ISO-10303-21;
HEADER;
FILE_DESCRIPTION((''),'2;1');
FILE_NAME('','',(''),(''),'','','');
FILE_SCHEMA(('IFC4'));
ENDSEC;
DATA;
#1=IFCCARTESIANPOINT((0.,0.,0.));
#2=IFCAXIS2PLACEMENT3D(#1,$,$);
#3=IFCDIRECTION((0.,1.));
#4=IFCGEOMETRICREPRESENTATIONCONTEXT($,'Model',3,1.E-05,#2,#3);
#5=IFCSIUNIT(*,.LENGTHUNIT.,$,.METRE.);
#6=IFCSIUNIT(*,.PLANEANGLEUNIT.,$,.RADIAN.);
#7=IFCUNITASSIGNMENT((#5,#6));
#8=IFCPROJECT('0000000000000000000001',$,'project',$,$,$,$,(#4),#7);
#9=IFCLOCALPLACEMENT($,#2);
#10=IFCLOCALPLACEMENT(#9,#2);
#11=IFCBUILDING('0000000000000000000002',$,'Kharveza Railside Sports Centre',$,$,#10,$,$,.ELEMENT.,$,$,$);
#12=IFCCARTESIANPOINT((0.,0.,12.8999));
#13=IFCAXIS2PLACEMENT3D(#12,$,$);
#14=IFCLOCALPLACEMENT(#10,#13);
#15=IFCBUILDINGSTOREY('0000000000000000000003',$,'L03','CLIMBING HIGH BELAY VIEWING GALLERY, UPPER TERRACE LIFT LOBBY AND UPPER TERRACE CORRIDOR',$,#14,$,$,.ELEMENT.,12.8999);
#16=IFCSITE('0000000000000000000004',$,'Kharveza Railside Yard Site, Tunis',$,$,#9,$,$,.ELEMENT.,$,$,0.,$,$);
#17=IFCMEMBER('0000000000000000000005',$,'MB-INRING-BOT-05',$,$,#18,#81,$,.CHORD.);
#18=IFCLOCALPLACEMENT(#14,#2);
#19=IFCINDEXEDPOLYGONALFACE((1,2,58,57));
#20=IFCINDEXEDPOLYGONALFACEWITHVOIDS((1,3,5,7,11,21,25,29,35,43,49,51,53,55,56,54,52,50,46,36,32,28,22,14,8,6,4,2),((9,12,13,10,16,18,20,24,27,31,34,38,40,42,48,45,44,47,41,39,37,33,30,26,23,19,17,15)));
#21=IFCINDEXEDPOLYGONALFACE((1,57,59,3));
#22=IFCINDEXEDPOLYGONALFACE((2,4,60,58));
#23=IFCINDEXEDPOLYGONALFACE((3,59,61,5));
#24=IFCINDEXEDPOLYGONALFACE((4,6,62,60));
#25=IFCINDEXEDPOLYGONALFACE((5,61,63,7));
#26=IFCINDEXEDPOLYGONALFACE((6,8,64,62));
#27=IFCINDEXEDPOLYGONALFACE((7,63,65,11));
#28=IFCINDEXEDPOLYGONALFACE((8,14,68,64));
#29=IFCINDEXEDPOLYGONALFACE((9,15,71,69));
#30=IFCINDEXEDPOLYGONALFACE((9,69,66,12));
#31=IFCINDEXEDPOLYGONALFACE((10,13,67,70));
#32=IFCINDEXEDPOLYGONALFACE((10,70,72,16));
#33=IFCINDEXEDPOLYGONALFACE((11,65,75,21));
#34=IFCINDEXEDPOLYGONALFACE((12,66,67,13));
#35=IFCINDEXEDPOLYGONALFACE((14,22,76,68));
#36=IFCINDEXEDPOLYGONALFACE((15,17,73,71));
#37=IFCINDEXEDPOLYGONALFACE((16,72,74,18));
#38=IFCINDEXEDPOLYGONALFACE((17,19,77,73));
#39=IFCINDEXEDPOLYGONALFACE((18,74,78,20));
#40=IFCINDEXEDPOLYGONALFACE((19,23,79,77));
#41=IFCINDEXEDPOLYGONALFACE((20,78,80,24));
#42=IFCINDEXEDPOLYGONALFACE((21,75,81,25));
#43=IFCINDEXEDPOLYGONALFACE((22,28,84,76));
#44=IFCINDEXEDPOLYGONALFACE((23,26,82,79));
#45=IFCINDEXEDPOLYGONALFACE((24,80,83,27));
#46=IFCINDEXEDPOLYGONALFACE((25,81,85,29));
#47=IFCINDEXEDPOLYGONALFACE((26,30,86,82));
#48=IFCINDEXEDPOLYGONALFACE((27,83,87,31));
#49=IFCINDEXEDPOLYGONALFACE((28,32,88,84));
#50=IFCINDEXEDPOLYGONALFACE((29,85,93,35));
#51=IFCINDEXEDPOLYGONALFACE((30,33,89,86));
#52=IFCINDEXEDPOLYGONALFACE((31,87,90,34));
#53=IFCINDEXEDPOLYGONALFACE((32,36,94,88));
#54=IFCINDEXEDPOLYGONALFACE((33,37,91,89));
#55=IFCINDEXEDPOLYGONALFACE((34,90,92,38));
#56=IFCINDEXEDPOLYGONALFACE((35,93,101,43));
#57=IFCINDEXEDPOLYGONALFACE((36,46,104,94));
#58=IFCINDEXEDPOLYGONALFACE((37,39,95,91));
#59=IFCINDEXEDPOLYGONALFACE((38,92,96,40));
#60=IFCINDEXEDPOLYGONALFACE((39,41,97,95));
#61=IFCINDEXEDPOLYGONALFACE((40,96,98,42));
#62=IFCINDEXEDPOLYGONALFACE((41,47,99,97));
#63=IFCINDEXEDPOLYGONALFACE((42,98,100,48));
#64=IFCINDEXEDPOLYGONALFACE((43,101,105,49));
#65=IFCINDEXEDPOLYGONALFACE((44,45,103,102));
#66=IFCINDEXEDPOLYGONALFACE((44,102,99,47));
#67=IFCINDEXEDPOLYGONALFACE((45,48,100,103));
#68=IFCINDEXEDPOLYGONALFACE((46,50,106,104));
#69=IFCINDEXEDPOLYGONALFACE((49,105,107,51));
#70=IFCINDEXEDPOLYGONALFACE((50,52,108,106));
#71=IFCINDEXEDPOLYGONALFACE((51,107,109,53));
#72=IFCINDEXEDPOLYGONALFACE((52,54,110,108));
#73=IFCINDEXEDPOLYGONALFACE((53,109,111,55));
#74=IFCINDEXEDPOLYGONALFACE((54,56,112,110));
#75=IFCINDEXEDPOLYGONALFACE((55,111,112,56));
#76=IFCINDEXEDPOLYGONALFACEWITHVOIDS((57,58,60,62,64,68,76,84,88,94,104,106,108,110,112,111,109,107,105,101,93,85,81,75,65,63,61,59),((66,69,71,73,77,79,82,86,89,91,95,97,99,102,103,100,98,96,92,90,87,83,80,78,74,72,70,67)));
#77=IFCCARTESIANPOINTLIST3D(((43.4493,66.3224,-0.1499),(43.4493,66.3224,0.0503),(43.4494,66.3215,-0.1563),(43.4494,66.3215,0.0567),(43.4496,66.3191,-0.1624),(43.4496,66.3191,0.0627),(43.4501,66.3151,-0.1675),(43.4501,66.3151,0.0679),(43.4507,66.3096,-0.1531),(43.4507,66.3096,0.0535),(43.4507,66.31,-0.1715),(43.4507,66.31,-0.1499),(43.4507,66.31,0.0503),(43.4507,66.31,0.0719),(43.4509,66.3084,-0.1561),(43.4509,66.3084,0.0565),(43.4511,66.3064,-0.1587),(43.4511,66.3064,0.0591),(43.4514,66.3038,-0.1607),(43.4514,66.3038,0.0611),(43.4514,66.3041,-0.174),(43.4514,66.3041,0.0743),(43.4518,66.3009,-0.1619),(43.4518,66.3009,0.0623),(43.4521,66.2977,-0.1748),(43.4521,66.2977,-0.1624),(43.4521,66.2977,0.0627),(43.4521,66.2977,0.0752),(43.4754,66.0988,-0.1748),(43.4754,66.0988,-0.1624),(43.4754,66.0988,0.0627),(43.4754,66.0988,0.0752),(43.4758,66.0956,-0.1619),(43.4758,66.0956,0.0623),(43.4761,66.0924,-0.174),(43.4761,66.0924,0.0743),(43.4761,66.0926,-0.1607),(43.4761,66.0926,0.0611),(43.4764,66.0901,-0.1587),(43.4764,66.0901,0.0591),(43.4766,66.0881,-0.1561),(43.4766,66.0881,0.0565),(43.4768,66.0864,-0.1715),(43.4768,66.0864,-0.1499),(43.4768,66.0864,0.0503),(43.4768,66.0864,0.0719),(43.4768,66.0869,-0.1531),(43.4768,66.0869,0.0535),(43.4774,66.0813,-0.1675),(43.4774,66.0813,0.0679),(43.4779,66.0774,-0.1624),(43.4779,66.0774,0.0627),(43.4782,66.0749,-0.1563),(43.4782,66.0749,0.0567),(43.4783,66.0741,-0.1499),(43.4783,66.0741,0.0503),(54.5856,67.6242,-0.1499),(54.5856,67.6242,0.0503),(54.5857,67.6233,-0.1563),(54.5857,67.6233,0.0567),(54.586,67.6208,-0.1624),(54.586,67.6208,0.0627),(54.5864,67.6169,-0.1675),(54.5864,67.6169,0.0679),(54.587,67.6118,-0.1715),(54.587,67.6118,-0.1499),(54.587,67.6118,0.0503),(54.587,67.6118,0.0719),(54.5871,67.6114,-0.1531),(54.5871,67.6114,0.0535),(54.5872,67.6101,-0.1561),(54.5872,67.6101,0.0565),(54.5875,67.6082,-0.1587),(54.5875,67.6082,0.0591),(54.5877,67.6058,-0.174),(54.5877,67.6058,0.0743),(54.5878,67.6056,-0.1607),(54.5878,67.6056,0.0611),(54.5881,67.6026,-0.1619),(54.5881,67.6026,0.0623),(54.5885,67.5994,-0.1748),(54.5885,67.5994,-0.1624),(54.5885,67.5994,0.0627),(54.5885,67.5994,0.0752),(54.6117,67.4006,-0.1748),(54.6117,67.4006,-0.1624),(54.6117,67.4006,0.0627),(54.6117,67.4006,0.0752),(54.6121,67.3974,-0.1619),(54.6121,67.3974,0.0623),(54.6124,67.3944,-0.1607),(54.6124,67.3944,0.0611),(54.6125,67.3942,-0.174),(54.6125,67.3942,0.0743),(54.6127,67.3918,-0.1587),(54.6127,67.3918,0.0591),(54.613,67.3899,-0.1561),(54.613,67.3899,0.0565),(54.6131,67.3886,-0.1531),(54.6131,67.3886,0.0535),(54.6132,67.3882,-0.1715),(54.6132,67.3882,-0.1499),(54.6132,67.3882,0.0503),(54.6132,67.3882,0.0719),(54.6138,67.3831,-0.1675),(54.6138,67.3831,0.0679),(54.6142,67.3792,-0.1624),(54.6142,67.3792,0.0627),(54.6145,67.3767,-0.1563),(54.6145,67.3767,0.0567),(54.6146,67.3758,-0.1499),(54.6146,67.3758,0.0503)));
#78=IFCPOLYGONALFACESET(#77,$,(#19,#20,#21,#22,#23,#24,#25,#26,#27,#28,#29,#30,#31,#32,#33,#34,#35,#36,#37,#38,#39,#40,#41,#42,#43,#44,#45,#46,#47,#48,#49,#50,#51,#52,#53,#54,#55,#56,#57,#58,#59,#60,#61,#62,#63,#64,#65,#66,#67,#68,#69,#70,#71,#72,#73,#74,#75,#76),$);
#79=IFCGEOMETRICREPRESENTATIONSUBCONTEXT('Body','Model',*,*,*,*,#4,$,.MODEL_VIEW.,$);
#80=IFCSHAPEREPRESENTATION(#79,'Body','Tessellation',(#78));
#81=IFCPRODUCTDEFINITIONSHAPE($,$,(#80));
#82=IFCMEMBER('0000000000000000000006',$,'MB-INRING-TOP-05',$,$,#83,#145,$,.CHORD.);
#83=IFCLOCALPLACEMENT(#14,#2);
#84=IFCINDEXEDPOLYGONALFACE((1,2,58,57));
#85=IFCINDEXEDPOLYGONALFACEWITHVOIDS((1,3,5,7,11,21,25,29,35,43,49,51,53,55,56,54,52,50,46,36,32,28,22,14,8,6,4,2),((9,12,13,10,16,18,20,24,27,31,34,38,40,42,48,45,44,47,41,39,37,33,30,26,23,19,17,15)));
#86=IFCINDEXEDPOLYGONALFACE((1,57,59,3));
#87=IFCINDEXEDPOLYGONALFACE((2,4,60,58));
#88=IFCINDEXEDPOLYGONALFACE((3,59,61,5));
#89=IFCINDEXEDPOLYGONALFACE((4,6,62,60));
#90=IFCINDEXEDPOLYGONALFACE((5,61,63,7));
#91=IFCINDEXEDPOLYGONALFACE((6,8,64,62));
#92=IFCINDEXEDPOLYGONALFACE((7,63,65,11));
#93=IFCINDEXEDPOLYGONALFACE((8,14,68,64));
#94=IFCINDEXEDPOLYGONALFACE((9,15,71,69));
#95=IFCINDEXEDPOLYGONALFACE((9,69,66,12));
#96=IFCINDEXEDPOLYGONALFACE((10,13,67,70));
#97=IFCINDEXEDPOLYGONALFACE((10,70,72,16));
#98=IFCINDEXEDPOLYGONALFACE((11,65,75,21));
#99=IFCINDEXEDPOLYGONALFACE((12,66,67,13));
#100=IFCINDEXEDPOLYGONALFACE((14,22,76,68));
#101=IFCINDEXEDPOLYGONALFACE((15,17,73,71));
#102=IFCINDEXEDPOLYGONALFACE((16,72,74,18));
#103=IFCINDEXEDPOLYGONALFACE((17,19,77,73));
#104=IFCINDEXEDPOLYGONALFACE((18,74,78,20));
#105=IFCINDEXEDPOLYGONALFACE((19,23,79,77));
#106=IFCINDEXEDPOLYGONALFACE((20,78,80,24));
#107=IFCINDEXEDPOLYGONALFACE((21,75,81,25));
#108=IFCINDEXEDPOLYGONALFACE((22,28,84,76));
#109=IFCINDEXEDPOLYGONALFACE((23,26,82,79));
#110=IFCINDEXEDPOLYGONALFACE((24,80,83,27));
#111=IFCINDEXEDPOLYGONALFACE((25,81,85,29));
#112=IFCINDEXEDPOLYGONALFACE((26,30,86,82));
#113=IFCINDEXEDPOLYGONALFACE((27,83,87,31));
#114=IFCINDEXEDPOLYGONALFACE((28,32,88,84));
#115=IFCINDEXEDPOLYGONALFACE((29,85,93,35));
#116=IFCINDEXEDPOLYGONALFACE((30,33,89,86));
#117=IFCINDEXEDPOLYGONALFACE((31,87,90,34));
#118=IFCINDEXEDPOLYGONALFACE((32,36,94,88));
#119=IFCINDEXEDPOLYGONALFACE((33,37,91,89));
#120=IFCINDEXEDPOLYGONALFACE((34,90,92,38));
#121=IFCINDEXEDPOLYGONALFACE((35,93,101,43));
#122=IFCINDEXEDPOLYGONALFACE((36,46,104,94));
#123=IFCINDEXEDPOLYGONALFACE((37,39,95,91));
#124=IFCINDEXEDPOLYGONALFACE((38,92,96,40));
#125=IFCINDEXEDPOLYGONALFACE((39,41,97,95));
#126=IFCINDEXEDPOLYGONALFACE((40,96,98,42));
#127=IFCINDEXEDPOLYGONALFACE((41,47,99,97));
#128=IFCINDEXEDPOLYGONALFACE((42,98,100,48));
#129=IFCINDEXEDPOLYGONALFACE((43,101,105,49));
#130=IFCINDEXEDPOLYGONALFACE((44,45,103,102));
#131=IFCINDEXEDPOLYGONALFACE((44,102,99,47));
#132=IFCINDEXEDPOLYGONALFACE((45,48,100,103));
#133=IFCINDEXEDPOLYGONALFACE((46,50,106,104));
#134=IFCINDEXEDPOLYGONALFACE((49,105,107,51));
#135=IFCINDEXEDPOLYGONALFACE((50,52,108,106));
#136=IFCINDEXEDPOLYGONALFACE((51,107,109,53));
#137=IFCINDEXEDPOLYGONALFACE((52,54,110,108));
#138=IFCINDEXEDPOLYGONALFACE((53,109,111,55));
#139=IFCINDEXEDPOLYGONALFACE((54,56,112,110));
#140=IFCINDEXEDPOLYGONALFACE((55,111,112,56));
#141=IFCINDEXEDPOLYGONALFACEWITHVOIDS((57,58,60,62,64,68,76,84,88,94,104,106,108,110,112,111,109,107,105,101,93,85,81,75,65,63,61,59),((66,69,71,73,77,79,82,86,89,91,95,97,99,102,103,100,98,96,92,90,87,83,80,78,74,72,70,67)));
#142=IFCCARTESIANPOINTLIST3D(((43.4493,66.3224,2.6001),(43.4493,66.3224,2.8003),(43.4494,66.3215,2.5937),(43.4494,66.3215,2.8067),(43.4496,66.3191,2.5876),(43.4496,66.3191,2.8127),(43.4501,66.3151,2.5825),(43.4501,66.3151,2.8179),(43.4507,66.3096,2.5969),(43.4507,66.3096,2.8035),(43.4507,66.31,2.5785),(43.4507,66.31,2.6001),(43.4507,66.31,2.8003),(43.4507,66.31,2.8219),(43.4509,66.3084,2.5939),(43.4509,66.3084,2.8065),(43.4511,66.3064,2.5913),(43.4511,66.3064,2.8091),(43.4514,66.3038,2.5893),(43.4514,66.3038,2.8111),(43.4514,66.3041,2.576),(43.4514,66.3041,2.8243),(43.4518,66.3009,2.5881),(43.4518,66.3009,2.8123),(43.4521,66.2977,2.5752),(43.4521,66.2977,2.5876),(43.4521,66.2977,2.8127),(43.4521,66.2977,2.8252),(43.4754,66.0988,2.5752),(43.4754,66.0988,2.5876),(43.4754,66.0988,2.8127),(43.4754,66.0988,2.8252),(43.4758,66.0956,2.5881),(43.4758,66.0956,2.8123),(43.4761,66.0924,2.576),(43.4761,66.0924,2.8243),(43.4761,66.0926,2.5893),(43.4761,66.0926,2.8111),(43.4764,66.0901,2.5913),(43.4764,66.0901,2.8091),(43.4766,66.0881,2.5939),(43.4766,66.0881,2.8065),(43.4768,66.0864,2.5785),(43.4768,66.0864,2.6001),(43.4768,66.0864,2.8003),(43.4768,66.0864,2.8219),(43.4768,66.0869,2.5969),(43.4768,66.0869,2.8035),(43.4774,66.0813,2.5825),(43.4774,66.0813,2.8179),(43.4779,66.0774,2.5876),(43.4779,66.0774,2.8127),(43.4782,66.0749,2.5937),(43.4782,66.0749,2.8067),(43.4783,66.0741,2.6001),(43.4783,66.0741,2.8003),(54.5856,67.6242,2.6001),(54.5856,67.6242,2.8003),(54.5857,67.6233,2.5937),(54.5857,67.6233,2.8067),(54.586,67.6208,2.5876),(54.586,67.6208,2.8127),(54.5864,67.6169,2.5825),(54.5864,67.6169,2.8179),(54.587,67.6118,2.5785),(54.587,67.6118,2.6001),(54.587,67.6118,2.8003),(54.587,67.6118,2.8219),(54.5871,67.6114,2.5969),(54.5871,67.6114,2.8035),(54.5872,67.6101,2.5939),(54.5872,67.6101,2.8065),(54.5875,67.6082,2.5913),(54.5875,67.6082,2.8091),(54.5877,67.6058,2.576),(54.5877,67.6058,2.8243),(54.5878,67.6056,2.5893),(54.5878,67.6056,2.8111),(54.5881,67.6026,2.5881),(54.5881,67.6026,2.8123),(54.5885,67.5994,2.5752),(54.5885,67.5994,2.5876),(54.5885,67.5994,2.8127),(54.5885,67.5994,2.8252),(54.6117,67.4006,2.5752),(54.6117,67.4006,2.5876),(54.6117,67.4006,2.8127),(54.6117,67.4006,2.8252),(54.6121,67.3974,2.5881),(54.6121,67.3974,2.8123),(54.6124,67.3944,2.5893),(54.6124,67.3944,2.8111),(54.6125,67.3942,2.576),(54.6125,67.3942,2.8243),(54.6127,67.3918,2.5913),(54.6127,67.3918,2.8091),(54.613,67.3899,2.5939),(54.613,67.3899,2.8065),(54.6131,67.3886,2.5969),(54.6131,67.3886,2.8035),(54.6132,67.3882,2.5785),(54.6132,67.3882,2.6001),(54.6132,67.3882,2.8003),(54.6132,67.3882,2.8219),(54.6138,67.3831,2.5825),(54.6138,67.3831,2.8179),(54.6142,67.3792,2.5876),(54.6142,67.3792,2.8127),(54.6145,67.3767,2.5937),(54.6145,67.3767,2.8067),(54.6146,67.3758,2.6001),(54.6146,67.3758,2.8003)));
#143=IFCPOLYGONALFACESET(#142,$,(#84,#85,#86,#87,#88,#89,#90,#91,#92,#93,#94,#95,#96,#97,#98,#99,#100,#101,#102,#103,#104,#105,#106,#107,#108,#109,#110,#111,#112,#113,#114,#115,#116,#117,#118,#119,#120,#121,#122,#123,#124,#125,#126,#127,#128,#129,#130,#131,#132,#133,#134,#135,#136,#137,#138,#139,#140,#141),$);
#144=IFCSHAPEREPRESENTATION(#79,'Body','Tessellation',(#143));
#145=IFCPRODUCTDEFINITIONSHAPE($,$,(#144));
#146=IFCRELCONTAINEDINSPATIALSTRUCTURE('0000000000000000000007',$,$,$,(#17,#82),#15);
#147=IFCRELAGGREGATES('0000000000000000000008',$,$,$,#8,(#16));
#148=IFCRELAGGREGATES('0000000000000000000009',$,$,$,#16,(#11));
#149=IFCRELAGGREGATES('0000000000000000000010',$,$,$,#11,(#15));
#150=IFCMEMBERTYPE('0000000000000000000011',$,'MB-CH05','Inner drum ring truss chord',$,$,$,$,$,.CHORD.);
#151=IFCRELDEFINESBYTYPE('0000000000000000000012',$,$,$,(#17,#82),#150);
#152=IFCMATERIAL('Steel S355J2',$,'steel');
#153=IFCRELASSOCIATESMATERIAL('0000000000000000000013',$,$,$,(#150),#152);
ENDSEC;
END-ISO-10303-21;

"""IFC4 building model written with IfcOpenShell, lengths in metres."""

from ifc_helpers import new_model, si_unit, direction, frame, origin, origin_2d, place, context, subcontext, project, spatial, hollow_rectangle, extrude, material, material_profile, profile_set, type_object, element, save


model = new_model("IFC4")

# Units and contexts
model_context = context("Model", 3, precision=1e-05, world=origin(), true_north=direction((0.0, 1.0)))
body_context = subcontext(model_context, "Body", "Model", "MODEL_VIEW")
ifc_project = project(units=[si_unit("LENGTHUNIT", "METRE"), si_unit("PLANEANGLEUNIT", "RADIAN")], contexts=[model_context])

# Site, building, storey
site_placement = place(None, origin())
site = spatial("IfcSite", under=ifc_project, at=site_placement, Name="Kharveza Railside Yard Site, Tunis", CompositionType="ELEMENT", RefElevation=0.0)
building_placement = place(site_placement, origin())
building = spatial("IfcBuilding", under=site, at=building_placement, Name="Kharveza Railside Sports Centre", CompositionType="ELEMENT")
storey_placement = place(building_placement, frame((0.0, 0.0, 12.8999)))
storey = spatial("IfcBuildingStorey", under=building, at=storey_placement, Name="L03", Description="CLIMBING HIGH BELAY VIEWING GALLERY, UPPER TERRACE LIFT LOBBY AND UPPER TERRACE CORRIDOR", CompositionType="ELEMENT", Elevation=12.8999)

# Members
ifc_material_1 = material(Name="Steel S355J2", Category="steel")
ifc_material_profile_1 = material_profile(ifc_material_1, hollow_rectangle(XDim=0.25, YDim=0.25, WallThickness=0.0125, InnerFilletRadius=0.0125, OuterFilletRadius=0.0249, at=origin_2d()), Name="SHS 250x250x12.5")
ifc_profile_set_1 = profile_set([ifc_material_profile_1], Name="Steel S355J2")
member_type_1 = type_object("IfcMemberType", Name="MB-CH05", Description="Inner drum ring truss chord", PredefinedType="CHORD", material=ifc_profile_set_1)
for number, where, z_axis, x_axis, name in (
    (1, (54.6001, 67.5, -0.0498), (-0.993237, -0.116103, 0.0), (0.116103, -0.993237, 0.0), "MB-INRING-BOT-05"),
    (2, (54.6001, 67.5, 2.7002), (-0.993237, -0.116103, 0.0), (0.116103, -0.993237, 0.0), "MB-INRING-TOP-05"),
):
    element("IfcMember", number, at=place(storey_placement, frame(where, z_axis=z_axis, x_axis=x_axis)), inside=storey, type_object=member_type_1, Name=name, PredefinedType="CHORD", context=body_context, shape_type="SweptSolid", body=[
        extrude(hollow_rectangle(XDim=0.25, YDim=0.25, WallThickness=0.0125, InnerFilletRadius=0.0125, OuterFilletRadius=0.0249, at=origin_2d()), origin(), (0.0, 0.0, 1.0), 11.2122),
    ])

save(model, "model.ifc")
